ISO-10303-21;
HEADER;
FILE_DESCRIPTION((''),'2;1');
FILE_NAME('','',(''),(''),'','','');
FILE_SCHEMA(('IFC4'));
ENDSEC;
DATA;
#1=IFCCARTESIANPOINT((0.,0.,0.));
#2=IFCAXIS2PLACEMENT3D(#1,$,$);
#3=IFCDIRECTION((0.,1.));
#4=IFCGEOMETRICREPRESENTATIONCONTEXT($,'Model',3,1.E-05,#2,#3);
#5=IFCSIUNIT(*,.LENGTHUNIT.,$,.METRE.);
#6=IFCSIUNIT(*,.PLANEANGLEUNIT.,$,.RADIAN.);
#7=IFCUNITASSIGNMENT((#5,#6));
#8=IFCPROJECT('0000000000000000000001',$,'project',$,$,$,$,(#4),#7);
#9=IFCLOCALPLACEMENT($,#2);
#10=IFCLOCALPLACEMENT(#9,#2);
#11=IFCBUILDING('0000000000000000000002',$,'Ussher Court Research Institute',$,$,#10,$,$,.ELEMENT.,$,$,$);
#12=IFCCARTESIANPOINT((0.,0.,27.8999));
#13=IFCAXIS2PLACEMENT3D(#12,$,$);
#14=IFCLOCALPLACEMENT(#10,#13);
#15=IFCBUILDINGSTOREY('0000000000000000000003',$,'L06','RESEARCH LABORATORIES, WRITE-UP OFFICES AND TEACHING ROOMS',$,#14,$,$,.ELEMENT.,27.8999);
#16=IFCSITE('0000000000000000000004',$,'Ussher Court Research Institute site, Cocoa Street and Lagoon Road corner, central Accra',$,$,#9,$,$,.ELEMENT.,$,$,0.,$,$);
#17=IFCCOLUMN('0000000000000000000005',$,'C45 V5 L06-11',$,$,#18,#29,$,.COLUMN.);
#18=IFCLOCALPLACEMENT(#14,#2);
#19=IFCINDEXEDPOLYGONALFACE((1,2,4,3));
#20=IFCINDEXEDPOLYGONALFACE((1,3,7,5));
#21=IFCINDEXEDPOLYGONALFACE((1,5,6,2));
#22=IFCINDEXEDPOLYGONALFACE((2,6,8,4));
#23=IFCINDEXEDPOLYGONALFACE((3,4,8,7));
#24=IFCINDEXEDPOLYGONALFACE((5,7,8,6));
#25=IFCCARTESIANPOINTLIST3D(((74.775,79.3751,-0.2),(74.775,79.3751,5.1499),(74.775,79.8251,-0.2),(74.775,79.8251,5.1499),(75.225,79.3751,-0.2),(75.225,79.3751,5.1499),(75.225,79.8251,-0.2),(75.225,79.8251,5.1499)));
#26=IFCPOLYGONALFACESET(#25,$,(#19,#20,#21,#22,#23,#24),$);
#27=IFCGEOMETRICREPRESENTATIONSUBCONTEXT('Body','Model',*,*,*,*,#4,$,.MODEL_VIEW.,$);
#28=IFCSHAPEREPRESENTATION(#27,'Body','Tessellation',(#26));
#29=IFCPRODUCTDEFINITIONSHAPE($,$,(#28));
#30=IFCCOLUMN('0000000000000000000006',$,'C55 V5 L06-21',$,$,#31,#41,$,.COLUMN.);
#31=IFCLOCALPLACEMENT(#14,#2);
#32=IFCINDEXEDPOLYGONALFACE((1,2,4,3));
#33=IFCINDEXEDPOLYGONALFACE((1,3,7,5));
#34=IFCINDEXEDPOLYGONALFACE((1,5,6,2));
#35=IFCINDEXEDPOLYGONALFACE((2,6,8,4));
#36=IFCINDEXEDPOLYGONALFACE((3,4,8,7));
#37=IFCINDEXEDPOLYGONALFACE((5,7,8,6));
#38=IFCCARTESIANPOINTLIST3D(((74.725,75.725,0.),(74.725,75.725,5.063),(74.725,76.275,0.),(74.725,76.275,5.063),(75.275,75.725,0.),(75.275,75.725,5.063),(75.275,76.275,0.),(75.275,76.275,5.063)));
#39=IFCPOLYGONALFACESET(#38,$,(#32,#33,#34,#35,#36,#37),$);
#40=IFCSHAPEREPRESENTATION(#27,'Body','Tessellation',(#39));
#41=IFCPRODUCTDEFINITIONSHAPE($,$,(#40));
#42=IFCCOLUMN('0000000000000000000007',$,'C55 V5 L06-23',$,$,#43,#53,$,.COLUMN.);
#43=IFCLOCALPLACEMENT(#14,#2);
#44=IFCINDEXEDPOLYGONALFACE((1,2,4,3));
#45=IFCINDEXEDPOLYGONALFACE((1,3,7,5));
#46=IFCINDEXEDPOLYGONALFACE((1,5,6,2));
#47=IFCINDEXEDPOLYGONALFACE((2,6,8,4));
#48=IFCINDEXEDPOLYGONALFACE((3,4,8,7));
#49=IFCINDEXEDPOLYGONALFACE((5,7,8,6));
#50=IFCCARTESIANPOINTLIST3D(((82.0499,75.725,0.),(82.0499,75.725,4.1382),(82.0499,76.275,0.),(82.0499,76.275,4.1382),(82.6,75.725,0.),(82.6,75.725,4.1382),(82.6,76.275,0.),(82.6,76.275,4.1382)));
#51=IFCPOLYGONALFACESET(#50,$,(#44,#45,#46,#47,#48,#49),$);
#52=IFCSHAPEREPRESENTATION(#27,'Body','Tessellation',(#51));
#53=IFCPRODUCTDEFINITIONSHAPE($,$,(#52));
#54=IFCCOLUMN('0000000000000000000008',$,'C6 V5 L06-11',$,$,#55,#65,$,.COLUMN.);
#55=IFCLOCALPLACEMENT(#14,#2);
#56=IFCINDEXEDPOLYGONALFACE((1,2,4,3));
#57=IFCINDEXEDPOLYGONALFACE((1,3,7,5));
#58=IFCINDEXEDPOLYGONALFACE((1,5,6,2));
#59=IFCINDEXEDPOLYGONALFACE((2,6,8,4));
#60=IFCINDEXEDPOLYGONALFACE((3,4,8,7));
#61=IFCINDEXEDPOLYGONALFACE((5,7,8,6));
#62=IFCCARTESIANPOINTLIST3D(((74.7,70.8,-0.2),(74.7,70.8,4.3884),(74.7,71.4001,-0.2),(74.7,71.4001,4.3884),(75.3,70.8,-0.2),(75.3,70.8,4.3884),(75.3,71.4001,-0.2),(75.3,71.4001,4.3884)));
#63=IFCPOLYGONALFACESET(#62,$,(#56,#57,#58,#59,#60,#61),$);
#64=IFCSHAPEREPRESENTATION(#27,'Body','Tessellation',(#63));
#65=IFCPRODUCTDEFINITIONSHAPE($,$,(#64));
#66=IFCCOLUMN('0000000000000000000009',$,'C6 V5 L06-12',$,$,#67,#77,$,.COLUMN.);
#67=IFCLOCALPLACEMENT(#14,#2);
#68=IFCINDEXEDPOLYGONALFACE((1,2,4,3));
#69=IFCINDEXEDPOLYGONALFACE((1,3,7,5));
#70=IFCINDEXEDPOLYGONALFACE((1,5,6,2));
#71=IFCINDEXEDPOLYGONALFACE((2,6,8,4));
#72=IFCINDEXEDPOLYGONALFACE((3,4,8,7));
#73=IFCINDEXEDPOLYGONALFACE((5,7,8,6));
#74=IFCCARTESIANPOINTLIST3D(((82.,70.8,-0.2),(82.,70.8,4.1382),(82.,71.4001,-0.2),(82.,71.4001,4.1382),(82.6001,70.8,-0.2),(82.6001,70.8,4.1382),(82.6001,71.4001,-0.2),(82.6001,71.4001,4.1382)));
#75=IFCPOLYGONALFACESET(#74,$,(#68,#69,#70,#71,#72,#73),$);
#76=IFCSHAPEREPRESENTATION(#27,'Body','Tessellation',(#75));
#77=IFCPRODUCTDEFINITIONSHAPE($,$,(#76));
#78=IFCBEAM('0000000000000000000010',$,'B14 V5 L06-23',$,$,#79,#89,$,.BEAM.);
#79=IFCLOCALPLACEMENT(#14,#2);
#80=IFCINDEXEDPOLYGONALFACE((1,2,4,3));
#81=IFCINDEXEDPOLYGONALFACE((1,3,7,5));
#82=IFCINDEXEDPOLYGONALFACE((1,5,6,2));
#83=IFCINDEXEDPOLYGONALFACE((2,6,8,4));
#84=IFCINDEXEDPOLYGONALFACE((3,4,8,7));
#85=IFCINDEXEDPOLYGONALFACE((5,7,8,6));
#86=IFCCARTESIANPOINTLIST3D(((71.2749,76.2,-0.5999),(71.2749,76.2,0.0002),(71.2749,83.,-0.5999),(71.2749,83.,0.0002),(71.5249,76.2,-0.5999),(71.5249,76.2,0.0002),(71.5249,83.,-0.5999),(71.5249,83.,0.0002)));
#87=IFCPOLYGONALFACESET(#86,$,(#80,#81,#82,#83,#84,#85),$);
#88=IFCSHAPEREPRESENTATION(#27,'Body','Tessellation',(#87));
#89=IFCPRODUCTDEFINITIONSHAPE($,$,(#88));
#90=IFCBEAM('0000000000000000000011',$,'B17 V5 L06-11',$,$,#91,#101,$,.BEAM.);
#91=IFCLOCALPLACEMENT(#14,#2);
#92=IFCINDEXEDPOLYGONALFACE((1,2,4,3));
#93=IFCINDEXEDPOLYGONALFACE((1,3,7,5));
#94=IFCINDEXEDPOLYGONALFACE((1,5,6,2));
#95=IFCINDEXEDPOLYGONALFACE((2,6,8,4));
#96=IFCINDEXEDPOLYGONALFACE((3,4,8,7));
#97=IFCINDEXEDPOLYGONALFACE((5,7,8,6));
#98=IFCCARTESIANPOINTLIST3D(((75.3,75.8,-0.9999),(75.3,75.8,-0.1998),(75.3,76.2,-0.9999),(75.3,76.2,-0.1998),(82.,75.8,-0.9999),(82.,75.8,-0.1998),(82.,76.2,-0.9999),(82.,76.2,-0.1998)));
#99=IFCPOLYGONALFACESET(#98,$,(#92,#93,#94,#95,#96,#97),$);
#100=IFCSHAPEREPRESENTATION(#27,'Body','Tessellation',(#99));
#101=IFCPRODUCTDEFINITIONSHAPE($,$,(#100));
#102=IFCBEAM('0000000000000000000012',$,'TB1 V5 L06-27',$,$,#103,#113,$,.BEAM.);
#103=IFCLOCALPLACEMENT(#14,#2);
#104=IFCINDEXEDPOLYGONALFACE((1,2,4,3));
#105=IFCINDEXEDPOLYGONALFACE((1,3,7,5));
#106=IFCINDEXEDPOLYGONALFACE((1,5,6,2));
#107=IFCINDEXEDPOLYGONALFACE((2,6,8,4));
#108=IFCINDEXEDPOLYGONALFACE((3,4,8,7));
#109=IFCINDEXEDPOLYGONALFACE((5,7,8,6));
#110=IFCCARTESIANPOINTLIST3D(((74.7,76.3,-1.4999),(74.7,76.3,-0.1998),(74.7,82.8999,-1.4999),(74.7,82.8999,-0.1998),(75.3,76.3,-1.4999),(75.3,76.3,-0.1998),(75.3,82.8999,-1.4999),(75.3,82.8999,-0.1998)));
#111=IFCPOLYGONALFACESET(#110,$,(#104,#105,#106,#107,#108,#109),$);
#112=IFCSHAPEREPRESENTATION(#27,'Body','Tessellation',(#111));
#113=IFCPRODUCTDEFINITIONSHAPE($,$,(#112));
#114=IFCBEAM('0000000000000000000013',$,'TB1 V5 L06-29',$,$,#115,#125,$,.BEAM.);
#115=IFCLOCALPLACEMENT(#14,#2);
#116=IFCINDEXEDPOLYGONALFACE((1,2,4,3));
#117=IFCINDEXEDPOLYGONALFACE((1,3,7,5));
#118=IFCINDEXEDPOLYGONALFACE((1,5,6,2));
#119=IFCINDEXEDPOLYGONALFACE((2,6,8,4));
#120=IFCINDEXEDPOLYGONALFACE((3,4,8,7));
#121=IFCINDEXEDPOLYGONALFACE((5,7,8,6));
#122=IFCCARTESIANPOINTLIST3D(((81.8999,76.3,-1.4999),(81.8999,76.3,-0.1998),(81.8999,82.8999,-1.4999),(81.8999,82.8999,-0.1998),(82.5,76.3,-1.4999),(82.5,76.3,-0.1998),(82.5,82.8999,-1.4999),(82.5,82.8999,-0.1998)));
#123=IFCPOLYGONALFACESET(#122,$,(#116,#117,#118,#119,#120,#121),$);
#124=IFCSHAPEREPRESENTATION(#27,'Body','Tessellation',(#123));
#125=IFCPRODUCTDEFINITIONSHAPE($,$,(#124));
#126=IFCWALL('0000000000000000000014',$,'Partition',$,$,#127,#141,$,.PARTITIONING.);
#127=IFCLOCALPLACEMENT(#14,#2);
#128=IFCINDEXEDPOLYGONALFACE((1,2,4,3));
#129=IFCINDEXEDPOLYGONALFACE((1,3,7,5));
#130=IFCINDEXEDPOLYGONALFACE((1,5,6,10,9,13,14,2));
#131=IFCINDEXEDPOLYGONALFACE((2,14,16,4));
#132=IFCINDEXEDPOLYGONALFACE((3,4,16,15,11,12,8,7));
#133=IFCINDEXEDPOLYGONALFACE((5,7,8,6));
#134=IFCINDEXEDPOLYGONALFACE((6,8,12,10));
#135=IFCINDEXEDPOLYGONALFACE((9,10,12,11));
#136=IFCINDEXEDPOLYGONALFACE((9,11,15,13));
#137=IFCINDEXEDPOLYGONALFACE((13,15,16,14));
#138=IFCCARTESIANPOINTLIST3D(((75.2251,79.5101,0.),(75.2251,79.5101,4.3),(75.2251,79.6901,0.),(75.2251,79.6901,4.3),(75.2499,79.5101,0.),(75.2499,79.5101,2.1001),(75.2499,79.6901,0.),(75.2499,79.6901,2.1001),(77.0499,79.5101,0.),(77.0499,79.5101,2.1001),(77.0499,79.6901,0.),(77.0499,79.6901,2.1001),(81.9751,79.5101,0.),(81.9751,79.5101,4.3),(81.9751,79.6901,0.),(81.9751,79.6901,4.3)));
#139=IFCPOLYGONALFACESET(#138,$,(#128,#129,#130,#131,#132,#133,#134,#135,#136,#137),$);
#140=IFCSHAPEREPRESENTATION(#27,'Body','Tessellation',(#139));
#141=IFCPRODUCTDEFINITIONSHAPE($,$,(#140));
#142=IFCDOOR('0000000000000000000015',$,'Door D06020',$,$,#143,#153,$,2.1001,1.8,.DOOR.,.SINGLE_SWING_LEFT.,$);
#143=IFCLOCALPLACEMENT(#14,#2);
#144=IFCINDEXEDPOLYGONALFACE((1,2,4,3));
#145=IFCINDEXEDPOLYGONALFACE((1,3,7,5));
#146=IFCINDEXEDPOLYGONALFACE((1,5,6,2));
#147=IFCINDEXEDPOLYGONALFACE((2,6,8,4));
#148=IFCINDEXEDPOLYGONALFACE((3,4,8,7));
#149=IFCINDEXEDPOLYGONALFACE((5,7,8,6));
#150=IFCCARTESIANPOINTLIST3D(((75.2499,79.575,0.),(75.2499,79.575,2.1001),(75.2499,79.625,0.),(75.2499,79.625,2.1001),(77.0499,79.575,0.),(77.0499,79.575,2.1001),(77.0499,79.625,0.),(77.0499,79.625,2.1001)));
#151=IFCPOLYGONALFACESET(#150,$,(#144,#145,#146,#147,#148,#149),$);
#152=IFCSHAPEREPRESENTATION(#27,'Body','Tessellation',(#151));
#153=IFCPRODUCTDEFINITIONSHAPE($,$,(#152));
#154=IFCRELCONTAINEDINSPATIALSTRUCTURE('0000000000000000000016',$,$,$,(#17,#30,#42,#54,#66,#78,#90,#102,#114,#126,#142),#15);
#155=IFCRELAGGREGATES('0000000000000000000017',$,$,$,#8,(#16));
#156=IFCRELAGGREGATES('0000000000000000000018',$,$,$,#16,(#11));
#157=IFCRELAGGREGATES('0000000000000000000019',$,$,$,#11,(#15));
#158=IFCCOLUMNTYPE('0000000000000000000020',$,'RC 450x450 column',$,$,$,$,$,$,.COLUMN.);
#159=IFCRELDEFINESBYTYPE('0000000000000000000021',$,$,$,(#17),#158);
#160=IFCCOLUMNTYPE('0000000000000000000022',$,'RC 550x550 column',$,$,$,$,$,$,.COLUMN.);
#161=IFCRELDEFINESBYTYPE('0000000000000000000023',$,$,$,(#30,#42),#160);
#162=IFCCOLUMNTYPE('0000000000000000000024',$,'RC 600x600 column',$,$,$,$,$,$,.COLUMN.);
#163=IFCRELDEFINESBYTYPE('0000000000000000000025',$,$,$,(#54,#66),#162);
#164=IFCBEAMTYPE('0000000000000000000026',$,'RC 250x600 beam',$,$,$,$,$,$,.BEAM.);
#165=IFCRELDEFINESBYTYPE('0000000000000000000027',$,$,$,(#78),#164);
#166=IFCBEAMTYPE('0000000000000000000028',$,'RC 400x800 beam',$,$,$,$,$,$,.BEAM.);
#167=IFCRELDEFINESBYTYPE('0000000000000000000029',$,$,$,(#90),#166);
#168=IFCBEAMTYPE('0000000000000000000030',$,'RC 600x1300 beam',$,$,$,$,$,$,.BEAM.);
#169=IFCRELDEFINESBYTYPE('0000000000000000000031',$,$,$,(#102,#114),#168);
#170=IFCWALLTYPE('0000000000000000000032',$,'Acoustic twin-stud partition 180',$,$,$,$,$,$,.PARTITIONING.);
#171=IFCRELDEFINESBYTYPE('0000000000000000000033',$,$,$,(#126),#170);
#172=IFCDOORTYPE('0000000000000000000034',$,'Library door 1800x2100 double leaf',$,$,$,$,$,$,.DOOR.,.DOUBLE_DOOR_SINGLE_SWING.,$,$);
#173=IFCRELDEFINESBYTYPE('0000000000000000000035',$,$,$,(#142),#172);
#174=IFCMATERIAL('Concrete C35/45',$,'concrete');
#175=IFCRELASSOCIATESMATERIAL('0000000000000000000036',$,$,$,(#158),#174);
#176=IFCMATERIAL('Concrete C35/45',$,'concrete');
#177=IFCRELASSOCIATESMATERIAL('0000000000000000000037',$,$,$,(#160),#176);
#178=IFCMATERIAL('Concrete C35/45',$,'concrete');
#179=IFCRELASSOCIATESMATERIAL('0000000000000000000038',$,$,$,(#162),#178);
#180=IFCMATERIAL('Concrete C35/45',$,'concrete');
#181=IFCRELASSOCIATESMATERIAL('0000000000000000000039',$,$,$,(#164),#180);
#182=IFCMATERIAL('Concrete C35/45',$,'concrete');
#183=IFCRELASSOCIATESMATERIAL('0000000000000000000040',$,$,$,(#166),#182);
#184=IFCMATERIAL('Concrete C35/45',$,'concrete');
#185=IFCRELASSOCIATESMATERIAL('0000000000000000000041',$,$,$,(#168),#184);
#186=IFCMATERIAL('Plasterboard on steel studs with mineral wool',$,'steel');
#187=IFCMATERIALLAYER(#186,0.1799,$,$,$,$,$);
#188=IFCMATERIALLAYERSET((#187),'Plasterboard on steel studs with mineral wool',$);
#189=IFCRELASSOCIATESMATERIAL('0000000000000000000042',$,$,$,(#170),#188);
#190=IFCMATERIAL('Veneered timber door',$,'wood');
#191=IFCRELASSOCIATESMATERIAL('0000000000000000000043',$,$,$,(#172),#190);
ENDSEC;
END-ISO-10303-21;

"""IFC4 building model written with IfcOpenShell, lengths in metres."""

from ifc_helpers import new_model, si_unit, direction, frame, frame_2d, origin, origin_2d, place, context, subcontext, project, spatial, rectangle, extrude, material, layer, layer_set, material_profile, profile_set, type_object, element, fill, save


model = new_model("IFC4")

# Units and contexts
model_context = context("Model", 3, precision=1e-05, world=origin(), true_north=direction((0.0, 1.0)))
body_context = subcontext(model_context, "Body", "Model", "MODEL_VIEW")
ifc_project = project(units=[si_unit("LENGTHUNIT", "METRE"), si_unit("PLANEANGLEUNIT", "RADIAN")], contexts=[model_context])

# Site, building, storey
site_placement = place(None, origin())
site = spatial("IfcSite", under=ifc_project, at=site_placement, Name="Ussher Court Research Institute site, Cocoa Street and Lagoon Road corner, central Accra", CompositionType="ELEMENT", RefElevation=0.0)
building_placement = place(site_placement, origin())
building = spatial("IfcBuilding", under=site, at=building_placement, Name="Ussher Court Research Institute", CompositionType="ELEMENT")
storey_placement = place(building_placement, frame((0.0, 0.0, 27.8999)))
storey = spatial("IfcBuildingStorey", under=building, at=storey_placement, Name="L06", Description="RESEARCH LABORATORIES, WRITE-UP OFFICES AND TEACHING ROOMS", CompositionType="ELEMENT", Elevation=27.8999)

# Columns
ifc_material_1 = material(Name="Concrete C35/45", Category="concrete")
ifc_material_profile_1 = material_profile(ifc_material_1, rectangle(XDim=0.45, YDim=0.45, at=origin_2d()), Name="RC 450x450")
ifc_profile_set_1 = profile_set([ifc_material_profile_1], Name="Concrete C35/45")
column_type_1 = type_object("IfcColumnType", Name="RC 450x450 column", PredefinedType="COLUMN", material=ifc_profile_set_1)
column_1_placement = place(storey_placement, frame((75.0, 79.6001, -0.2), z_axis=(0.0, 0.0, 1.0), x_axis=(1.0, 0.0, 0.0)))
element("IfcColumn", 1, at=column_1_placement, inside=storey, type_object=column_type_1, Name="C45 V5 L06-11", PredefinedType="COLUMN", context=body_context, shape_type="SweptSolid", body=[
    extrude(rectangle(XDim=0.45, YDim=0.45, at=origin_2d()), origin(), (0.0, 0.0, 1.0), 5.3499),
])
ifc_material_2 = material(Name="Concrete C35/45", Category="concrete")
ifc_material_profile_2 = material_profile(ifc_material_2, rectangle(XDim=0.55, YDim=0.55, at=origin_2d()), Name="RC 550x550")
ifc_profile_set_2 = profile_set([ifc_material_profile_2], Name="Concrete C35/45")
column_type_2 = type_object("IfcColumnType", Name="RC 550x550 column", PredefinedType="COLUMN", material=ifc_profile_set_2)
column_2_placement = place(storey_placement, frame((75.0, 76.0, 0.0), z_axis=(0.0, 0.0, 1.0), x_axis=(1.0, 0.0, 0.0)))
element("IfcColumn", 2, at=column_2_placement, inside=storey, type_object=column_type_2, Name="C55 V5 L06-21", PredefinedType="COLUMN", context=body_context, shape_type="SweptSolid", body=[
    extrude(rectangle(XDim=0.55, YDim=0.55, at=origin_2d()), origin(), (0.0, 0.0, 1.0), 5.063),
])
column_3_placement = place(storey_placement, frame((82.325, 76.0, 0.0), z_axis=(0.0, 0.0, 1.0), x_axis=(1.0, 0.0, 0.0)))
element("IfcColumn", 3, at=column_3_placement, inside=storey, type_object=column_type_2, Name="C55 V5 L06-23", PredefinedType="COLUMN", context=body_context, shape_type="SweptSolid", body=[
    extrude(rectangle(XDim=0.55, YDim=0.55, at=origin_2d()), origin(), (0.0, 0.0, 1.0), 4.1382),
])
ifc_material_3 = material(Name="Concrete C35/45", Category="concrete")
ifc_material_profile_3 = material_profile(ifc_material_3, rectangle(XDim=0.6001, YDim=0.6001, at=origin_2d()), Name="RC 600x600")
ifc_profile_set_3 = profile_set([ifc_material_profile_3], Name="Concrete C35/45")
column_type_3 = type_object("IfcColumnType", Name="RC 600x600 column", PredefinedType="COLUMN", material=ifc_profile_set_3)
column_4_placement = place(storey_placement, frame((75.0, 71.1001, -0.2), z_axis=(0.0, 0.0, 1.0), x_axis=(1.0, 0.0, 0.0)))
element("IfcColumn", 4, at=column_4_placement, inside=storey, type_object=column_type_3, Name="C6 V5 L06-11", PredefinedType="COLUMN", context=body_context, shape_type="SweptSolid", body=[
    extrude(rectangle(XDim=0.6001, YDim=0.6001, at=origin_2d()), origin(), (0.0, 0.0, 1.0), 4.5884),
])
column_5_placement = place(storey_placement, frame((82.3, 71.1001, -0.2), z_axis=(0.0, 0.0, 1.0), x_axis=(1.0, 0.0, 0.0)))
element("IfcColumn", 5, at=column_5_placement, inside=storey, type_object=column_type_3, Name="C6 V5 L06-12", PredefinedType="COLUMN", context=body_context, shape_type="SweptSolid", body=[
    extrude(rectangle(XDim=0.6001, YDim=0.6001, at=origin_2d()), origin(), (0.0, 0.0, 1.0), 4.3381),
])

# Beams
ifc_material_4 = material(Name="Concrete C35/45", Category="concrete")
ifc_material_profile_4 = material_profile(ifc_material_4, rectangle(XDim=0.25, YDim=0.6001, at=origin_2d()), Name="RC 250x600")
ifc_profile_set_4 = profile_set([ifc_material_profile_4], Name="Concrete C35/45")
beam_type_1 = type_object("IfcBeamType", Name="RC 250x600 beam", PredefinedType="BEAM", material=ifc_profile_set_4)
beam_1_placement = place(storey_placement, frame((71.3999, 76.2, -0.2998), z_axis=(0.0, 1.0, 0.0), x_axis=(-1.0, 0.0, 0.0)))
element("IfcBeam", 6, at=beam_1_placement, inside=storey, type_object=beam_type_1, Name="B14 V5 L06-23", PredefinedType="BEAM", context=body_context, shape_type="SweptSolid", body=[
    extrude(rectangle(XDim=0.25, YDim=0.6001, at=origin_2d()), origin(), (0.0, 0.0, 1.0), 6.8),
])
ifc_material_5 = material(Name="Concrete C35/45", Category="concrete")
ifc_material_profile_5 = material_profile(ifc_material_5, rectangle(XDim=0.3999, YDim=0.8, at=origin_2d()), Name="RC 400x800")
ifc_profile_set_5 = profile_set([ifc_material_profile_5], Name="Concrete C35/45")
beam_type_2 = type_object("IfcBeamType", Name="RC 400x800 beam", PredefinedType="BEAM", material=ifc_profile_set_5)
beam_2_placement = place(storey_placement, frame((75.3, 76.0, -0.5999), z_axis=(1.0, 0.0, 0.0), x_axis=(0.0, 1.0, 0.0)))
element("IfcBeam", 7, at=beam_2_placement, inside=storey, type_object=beam_type_2, Name="B17 V5 L06-11", PredefinedType="BEAM", context=body_context, shape_type="SweptSolid", body=[
    extrude(rectangle(XDim=0.3999, YDim=0.8, at=origin_2d()), origin(), (0.0, 0.0, 1.0), 6.7),
])
ifc_material_6 = material(Name="Concrete C35/45", Category="concrete")
ifc_material_profile_6 = material_profile(ifc_material_6, rectangle(XDim=0.6001, YDim=1.3, at=origin_2d()), Name="RC 600x1300")
ifc_profile_set_6 = profile_set([ifc_material_profile_6], Name="Concrete C35/45")
beam_type_3 = type_object("IfcBeamType", Name="RC 600x1300 beam", PredefinedType="BEAM", material=ifc_profile_set_6)
for number, where, z_axis, x_axis, name in (
    (8, (75.0, 76.3, -0.8499), (0.0, 1.0, 0.0), (-1.0, 0.0, 0.0), "TB1 V5 L06-27"),
    (9, (82.2, 76.3, -0.8499), (0.0, 1.0, 0.0), (-1.0, 0.0, 0.0), "TB1 V5 L06-29"),
):
    element("IfcBeam", number, at=place(storey_placement, frame(where, z_axis=z_axis, x_axis=x_axis)), inside=storey, type_object=beam_type_3, Name=name, PredefinedType="BEAM", context=body_context, shape_type="SweptSolid", body=[
        extrude(rectangle(XDim=0.6001, YDim=1.3, at=origin_2d()), origin(), (0.0, 0.0, 1.0), 6.5999),
    ])

# Wall, opening, door
ifc_material_7 = material(Name="Plasterboard on steel studs with mineral wool", Category="steel")
ifc_layer_1 = layer(ifc_material_7, 0.1799)
ifc_layer_set_1 = layer_set([ifc_layer_1], Name="Plasterboard on steel studs with mineral wool")
wall_type_1 = type_object("IfcWallType", Name="Acoustic twin-stud partition 180", PredefinedType="PARTITIONING", material=ifc_layer_set_1)
wall_1_placement = place(storey_placement, frame((75.2251, 79.6001, 0.0), z_axis=(0.0, 0.0, 1.0), x_axis=(1.0, 0.0, 0.0)))
wall_1 = element("IfcWall", 10, at=wall_1_placement, inside=storey, type_object=wall_type_1, Name="Partition", PredefinedType="PARTITIONING", context=body_context, shape_type="SweptSolid", body=[
    extrude(rectangle(XDim=6.75, YDim=0.1799, at=frame_2d((3.375, 0.0))), origin(), (0.0, 0.0, 1.0), 4.3),
])
opening_1_placement = place(wall_1_placement, frame((0.0249, 0.0, 0.0)))
opening_1 = element("IfcOpeningElement", 11, at=opening_1_placement, cuts=wall_1, PredefinedType="OPENING", context=body_context, shape_type="SweptSolid", body=[
    extrude(rectangle(XDim=1.8, YDim=2.1001, at=frame_2d((0.8999, 1.05))), frame((0.0, 0.1001, 0.0), z_axis=(0.0, -1.0, 0.0), x_axis=(1.0, 0.0, 0.0)), (0.0, 0.0, 1.0), 0.2),
])
ifc_material_8 = material(Name="Veneered timber door", Category="wood")
door_type = type_object("IfcDoorType", Name="Library door 1800x2100 double leaf", OperationType="DOUBLE_DOOR_SINGLE_SWING", PredefinedType="DOOR", material=ifc_material_8)
door_placement = place(opening_1_placement, origin())
door = element("IfcDoor", 12, at=door_placement, inside=storey, type_object=door_type, Name="Door D06020", OperationType="SINGLE_SWING_LEFT", OverallHeight=2.1001, OverallWidth=1.8, PredefinedType="DOOR", context=body_context, shape_type="SweptSolid", body=[
    extrude(rectangle(XDim=1.8, YDim=2.1001, at=frame_2d((0.8999, 1.05))), frame((0.0, 0.0249, 0.0), z_axis=(0.0, -1.0, 0.0), x_axis=(1.0, 0.0, 0.0)), (0.0, 0.0, 1.0), 0.05),
])
fill(opening_1, door)

save(model, "model.ifc")
